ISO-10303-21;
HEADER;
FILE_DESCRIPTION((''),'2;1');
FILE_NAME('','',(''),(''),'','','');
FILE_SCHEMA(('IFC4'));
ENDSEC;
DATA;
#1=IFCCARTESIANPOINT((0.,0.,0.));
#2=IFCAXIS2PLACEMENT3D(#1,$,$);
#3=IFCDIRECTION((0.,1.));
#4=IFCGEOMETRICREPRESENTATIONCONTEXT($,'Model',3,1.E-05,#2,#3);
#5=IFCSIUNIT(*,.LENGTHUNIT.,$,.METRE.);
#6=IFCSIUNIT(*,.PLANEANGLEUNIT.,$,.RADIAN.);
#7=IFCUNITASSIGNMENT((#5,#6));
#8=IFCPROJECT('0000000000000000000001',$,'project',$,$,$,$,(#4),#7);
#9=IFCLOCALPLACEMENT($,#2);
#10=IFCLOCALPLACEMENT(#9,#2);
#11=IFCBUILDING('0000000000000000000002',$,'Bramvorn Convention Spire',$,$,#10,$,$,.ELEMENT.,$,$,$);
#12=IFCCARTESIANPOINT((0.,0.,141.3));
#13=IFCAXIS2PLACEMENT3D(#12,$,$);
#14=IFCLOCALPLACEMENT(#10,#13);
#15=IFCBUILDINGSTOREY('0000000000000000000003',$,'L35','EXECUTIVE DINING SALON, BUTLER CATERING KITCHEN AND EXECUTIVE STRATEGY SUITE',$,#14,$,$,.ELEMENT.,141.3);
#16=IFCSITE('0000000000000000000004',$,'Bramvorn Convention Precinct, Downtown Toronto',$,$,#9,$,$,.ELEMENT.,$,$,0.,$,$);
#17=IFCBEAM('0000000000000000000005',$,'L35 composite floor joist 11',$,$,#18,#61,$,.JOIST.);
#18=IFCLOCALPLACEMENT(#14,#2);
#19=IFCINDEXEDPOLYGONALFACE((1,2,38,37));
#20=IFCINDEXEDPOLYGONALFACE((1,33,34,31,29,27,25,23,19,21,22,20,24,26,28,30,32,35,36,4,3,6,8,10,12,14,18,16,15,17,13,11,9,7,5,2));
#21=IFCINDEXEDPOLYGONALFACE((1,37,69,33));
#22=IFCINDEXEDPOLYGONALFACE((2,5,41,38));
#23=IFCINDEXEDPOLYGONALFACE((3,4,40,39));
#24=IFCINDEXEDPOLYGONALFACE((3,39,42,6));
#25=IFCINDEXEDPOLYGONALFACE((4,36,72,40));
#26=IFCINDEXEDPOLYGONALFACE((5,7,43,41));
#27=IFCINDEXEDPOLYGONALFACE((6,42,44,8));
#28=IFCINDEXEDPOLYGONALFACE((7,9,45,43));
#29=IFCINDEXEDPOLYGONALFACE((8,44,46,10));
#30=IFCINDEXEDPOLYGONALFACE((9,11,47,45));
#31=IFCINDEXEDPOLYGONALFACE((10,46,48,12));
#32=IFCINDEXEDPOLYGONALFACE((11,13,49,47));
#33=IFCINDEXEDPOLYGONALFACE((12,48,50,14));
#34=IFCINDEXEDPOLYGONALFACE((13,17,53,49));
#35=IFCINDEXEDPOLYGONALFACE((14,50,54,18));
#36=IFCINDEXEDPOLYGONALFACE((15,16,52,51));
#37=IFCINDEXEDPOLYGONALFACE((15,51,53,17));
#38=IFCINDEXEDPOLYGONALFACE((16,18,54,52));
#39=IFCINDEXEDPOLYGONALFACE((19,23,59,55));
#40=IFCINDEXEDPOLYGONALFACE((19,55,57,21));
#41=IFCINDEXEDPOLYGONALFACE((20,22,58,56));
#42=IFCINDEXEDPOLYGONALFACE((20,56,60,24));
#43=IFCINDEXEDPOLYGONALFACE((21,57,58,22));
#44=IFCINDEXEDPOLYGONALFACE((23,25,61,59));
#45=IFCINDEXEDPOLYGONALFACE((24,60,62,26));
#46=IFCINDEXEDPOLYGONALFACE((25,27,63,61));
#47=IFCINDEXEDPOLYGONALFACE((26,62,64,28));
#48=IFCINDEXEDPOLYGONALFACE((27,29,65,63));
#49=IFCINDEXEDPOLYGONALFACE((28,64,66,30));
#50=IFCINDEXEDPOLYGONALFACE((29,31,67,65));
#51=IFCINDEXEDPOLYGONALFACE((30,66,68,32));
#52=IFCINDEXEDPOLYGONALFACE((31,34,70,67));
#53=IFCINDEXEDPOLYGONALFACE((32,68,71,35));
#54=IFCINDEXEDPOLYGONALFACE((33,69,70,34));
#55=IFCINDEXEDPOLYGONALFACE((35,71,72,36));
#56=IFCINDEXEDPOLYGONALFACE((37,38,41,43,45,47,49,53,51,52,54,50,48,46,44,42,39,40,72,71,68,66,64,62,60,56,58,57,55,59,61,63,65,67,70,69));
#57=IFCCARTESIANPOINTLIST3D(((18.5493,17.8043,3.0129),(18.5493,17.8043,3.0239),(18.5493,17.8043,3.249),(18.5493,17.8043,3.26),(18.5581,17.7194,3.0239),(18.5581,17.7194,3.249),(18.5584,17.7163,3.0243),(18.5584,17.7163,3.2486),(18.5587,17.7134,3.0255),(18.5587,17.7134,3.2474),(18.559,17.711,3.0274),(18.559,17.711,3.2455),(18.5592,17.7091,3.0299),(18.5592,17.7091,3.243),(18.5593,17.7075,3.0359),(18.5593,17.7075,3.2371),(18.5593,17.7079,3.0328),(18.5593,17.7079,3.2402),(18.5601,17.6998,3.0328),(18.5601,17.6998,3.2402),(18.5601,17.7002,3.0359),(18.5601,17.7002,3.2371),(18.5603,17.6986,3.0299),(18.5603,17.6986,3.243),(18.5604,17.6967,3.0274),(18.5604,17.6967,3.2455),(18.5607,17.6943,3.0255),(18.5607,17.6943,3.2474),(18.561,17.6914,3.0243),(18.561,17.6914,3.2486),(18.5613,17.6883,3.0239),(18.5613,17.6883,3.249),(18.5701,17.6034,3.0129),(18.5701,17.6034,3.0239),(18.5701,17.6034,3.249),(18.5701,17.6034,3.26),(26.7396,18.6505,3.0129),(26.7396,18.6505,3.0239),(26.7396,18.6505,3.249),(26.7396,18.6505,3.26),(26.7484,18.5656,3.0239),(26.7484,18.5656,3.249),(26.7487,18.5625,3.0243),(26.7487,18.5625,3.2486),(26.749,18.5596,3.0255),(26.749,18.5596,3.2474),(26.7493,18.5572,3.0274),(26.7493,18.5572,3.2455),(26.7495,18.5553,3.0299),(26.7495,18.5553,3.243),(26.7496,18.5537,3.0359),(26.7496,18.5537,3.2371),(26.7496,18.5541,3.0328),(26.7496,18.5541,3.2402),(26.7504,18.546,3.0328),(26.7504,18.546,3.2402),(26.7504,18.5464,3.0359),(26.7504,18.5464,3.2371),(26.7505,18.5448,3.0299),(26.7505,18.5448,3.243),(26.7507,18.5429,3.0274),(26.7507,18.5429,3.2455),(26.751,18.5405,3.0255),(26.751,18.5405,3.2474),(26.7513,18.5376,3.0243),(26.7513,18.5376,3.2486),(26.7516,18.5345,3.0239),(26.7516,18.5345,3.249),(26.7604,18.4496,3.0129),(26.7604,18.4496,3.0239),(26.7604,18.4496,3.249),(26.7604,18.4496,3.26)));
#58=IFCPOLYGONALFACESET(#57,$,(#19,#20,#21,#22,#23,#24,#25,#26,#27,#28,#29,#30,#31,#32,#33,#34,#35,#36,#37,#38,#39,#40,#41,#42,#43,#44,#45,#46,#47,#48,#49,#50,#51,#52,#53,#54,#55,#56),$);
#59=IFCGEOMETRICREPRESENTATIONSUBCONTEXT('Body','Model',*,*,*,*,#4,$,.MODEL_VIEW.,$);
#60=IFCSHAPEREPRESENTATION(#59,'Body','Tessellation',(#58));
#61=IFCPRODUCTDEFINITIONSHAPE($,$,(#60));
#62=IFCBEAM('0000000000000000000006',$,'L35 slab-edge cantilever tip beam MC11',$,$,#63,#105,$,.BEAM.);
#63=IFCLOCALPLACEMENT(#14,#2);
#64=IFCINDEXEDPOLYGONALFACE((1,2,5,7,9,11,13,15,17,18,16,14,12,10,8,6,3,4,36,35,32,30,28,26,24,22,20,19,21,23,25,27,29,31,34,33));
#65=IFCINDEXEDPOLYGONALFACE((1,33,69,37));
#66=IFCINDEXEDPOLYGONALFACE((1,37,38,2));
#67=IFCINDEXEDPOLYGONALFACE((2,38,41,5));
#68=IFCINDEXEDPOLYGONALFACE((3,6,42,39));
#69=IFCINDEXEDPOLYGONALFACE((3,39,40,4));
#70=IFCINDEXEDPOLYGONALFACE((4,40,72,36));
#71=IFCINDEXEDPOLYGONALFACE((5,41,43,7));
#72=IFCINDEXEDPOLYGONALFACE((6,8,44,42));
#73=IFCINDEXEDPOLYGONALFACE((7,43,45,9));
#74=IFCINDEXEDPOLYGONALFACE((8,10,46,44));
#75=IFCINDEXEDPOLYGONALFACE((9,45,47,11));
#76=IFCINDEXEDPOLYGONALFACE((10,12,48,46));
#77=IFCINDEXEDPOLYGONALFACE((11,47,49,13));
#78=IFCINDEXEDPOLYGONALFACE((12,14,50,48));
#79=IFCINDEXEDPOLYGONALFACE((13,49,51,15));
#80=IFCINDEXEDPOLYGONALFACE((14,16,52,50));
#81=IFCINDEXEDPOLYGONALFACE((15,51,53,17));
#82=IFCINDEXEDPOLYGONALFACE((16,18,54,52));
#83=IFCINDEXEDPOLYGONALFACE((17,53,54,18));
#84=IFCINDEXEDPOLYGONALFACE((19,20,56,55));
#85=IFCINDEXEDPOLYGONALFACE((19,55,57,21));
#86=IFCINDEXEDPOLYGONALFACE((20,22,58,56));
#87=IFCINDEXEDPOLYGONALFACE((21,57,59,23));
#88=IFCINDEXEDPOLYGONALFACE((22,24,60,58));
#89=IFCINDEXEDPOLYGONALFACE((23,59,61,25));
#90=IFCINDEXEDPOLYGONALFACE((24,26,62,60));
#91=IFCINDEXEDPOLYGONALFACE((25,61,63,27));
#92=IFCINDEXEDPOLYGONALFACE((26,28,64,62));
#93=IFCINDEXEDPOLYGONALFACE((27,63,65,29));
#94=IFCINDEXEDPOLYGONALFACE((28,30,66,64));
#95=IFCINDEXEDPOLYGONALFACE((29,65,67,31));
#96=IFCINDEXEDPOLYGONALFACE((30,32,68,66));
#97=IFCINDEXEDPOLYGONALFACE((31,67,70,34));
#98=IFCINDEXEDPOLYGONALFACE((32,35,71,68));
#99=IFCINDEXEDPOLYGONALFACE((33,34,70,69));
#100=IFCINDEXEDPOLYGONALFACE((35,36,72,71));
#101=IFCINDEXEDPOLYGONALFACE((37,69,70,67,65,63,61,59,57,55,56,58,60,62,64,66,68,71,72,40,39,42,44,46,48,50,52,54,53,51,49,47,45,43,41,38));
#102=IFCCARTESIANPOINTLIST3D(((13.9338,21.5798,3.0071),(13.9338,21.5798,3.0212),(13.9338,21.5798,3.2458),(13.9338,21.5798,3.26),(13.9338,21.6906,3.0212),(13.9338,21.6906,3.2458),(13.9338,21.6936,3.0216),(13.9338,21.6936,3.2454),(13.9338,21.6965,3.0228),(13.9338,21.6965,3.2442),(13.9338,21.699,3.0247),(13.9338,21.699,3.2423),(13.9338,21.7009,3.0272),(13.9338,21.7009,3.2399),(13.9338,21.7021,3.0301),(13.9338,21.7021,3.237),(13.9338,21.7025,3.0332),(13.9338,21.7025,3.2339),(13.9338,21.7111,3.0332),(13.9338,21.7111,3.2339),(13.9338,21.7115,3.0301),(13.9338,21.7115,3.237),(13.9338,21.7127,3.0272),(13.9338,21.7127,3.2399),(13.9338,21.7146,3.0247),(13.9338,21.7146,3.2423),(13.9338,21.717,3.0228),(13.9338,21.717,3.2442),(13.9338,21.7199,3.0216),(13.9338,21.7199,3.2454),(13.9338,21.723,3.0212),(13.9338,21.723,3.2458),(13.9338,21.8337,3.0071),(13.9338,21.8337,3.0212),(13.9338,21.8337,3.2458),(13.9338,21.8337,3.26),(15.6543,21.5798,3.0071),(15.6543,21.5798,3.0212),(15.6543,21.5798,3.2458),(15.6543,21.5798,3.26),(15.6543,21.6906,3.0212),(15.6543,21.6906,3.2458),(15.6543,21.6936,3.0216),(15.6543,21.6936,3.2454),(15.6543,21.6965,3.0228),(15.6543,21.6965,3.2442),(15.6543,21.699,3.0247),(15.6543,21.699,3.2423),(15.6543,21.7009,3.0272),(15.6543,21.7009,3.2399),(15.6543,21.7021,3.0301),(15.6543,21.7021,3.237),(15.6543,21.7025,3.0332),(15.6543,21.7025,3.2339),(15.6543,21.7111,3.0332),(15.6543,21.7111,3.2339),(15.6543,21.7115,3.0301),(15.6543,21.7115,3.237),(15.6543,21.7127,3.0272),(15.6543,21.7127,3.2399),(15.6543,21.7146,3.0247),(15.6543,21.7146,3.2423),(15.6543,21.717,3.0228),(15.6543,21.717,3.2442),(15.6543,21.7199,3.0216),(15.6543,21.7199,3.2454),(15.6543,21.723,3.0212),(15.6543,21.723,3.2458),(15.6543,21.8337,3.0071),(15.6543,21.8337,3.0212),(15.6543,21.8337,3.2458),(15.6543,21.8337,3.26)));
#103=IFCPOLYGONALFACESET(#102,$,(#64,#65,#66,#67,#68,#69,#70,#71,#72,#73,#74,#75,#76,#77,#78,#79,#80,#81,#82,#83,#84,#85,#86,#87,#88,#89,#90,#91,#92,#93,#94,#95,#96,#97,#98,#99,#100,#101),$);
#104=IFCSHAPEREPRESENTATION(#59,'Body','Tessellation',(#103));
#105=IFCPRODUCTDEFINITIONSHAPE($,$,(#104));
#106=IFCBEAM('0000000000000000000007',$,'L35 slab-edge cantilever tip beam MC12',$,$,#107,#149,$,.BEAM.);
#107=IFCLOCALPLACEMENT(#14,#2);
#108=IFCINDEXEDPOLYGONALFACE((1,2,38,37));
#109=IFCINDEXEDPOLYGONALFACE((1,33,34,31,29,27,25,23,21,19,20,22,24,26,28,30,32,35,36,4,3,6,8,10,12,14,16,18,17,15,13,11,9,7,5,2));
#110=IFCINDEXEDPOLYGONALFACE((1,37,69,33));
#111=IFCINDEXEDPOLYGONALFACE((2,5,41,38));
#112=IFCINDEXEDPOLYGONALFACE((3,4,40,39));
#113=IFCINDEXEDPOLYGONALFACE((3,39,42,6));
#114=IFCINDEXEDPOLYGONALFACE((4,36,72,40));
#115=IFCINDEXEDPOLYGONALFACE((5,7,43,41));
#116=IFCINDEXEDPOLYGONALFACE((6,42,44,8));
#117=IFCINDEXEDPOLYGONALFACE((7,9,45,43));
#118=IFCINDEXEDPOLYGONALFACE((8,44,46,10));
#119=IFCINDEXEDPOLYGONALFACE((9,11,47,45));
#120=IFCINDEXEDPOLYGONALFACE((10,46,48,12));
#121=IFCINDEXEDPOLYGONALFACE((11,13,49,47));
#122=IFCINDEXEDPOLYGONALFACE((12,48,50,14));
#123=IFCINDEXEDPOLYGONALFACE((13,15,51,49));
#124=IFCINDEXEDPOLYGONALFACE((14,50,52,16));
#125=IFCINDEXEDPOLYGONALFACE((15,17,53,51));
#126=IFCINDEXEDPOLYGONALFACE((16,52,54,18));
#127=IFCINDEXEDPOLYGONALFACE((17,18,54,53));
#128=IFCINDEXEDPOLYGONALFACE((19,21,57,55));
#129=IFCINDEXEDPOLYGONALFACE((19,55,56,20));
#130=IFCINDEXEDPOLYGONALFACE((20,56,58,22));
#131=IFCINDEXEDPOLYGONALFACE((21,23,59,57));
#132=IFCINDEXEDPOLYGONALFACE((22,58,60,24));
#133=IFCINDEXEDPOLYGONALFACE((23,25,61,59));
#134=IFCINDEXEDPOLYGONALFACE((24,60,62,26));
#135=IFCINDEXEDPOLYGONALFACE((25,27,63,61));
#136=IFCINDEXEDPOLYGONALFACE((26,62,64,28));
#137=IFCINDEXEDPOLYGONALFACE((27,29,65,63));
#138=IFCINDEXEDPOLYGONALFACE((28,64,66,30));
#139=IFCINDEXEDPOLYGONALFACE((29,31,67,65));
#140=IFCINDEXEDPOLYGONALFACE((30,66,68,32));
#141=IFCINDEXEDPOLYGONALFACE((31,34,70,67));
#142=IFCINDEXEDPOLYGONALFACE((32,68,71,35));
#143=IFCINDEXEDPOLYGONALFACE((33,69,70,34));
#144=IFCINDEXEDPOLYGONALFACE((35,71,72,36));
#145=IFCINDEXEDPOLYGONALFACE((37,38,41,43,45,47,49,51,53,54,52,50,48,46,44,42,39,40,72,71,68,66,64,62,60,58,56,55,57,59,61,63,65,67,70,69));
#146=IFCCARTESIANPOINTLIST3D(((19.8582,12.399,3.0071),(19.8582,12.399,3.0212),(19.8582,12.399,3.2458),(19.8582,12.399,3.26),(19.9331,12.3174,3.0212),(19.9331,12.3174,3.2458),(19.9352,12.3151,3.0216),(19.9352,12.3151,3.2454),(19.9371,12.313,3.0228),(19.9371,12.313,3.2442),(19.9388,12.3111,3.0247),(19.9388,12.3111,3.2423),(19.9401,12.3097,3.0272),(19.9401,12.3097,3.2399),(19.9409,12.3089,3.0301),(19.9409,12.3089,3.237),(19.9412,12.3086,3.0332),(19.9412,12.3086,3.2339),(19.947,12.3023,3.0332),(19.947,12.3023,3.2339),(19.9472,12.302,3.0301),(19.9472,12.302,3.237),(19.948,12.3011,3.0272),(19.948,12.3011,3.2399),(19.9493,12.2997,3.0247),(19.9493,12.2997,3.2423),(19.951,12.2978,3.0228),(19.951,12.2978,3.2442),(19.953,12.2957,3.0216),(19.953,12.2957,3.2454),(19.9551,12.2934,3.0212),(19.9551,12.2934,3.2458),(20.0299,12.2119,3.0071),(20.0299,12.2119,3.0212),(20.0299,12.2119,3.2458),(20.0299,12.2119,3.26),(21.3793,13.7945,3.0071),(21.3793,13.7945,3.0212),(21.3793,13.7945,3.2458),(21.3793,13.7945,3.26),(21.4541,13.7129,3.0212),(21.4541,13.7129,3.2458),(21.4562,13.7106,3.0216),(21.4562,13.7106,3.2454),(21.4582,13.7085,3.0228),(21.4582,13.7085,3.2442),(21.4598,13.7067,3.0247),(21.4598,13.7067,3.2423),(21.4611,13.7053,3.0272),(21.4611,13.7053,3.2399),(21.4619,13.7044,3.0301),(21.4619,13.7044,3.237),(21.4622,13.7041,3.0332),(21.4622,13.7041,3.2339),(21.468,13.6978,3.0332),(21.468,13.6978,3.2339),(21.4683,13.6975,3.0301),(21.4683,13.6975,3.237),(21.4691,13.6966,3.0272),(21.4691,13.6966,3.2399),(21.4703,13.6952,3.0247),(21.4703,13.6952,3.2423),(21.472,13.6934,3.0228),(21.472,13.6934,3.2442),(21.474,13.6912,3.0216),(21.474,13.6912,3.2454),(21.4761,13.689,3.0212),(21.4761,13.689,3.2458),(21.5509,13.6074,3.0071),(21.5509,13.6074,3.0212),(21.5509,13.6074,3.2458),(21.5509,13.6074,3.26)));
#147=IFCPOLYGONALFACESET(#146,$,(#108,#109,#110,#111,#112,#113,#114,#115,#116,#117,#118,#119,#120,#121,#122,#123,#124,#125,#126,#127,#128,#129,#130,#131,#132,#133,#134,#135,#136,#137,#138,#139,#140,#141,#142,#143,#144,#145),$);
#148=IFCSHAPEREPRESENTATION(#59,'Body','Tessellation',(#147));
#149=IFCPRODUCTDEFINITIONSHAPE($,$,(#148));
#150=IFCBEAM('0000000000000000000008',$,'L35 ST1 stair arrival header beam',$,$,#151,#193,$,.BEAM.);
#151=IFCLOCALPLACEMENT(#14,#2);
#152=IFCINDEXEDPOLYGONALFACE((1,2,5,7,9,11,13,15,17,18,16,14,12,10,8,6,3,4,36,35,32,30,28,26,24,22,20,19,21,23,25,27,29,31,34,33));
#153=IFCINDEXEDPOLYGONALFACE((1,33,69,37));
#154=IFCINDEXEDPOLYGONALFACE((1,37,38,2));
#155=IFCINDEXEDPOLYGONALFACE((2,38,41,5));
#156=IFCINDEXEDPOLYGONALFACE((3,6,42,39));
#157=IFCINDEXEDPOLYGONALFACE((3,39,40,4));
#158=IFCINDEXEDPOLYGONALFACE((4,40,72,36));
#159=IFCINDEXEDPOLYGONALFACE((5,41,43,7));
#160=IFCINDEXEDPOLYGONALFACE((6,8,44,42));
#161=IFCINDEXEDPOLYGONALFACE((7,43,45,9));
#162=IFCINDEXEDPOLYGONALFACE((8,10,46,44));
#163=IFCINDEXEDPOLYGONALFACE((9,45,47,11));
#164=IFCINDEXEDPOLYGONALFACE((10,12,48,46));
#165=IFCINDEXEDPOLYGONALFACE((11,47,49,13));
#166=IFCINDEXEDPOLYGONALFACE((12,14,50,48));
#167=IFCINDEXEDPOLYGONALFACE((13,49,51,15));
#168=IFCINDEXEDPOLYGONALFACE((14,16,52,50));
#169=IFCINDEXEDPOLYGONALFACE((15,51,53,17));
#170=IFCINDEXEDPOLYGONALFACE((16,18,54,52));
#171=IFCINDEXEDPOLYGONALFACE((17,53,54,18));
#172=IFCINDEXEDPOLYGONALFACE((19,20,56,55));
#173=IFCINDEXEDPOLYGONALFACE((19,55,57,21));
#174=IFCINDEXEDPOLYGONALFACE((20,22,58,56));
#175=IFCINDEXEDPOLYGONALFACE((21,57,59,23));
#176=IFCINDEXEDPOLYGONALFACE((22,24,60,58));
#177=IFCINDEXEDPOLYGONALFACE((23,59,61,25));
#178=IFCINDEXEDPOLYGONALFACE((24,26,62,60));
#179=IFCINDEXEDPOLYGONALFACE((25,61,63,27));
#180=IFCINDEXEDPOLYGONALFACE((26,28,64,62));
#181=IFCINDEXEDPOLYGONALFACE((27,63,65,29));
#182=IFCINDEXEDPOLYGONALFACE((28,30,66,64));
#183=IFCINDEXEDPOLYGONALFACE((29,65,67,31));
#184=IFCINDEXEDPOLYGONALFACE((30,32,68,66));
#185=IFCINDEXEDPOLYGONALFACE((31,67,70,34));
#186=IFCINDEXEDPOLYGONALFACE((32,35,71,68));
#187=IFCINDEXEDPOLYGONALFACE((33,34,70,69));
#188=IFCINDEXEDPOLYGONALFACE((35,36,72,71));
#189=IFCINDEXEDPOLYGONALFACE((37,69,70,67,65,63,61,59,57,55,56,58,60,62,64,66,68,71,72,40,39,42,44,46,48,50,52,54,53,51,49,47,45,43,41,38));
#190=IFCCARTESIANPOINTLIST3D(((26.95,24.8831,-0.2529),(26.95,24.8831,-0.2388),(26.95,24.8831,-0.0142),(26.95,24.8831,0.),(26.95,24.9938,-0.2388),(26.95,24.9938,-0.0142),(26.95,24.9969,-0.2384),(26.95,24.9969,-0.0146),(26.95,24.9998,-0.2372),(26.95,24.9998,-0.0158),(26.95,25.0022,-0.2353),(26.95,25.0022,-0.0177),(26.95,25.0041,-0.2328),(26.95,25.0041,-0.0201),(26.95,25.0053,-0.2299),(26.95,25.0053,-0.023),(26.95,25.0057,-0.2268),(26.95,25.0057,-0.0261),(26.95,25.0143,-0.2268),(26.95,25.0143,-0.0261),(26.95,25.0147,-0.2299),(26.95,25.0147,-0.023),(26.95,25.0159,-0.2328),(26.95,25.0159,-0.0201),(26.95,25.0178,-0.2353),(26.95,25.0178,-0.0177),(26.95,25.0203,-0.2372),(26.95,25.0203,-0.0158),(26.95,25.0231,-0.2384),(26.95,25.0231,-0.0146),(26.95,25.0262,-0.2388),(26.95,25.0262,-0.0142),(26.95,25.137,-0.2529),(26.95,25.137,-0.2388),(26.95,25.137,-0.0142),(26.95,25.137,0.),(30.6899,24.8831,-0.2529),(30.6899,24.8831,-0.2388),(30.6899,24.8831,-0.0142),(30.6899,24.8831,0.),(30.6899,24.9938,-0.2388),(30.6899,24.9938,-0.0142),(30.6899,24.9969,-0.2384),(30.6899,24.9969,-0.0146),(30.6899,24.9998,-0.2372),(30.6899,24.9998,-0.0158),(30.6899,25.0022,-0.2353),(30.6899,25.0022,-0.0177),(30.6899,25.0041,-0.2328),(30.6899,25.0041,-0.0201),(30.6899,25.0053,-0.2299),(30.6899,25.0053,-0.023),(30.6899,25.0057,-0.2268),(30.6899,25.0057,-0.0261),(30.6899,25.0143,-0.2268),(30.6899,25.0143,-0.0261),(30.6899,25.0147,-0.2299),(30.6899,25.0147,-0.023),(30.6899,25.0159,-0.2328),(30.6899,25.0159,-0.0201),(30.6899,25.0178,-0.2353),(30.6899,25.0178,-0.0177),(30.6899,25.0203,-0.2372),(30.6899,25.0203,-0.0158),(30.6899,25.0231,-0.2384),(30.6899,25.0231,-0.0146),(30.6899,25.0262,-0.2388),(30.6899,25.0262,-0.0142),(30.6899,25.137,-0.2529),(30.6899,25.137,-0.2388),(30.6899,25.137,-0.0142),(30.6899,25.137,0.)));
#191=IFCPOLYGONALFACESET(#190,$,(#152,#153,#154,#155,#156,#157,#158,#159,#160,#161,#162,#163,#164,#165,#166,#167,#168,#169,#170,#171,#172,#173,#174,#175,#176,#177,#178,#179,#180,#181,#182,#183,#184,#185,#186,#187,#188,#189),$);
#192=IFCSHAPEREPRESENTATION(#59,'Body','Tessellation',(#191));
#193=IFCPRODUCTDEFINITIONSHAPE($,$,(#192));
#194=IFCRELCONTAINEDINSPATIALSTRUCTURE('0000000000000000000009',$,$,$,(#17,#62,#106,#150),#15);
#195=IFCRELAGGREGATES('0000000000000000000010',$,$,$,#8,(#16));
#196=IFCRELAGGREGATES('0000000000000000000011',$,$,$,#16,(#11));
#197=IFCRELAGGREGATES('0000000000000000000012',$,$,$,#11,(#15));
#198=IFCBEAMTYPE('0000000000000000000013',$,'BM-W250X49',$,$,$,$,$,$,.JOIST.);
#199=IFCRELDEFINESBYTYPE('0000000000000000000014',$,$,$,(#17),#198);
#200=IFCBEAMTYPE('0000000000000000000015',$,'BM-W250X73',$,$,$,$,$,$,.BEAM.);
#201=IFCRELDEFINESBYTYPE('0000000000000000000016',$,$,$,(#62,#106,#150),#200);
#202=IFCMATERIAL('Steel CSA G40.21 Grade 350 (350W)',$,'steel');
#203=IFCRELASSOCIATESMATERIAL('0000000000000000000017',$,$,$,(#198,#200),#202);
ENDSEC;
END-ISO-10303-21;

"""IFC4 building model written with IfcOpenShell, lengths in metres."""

from ifc_helpers import new_model, si_unit, direction, frame, origin, origin_2d, place, context, subcontext, project, spatial, i_section, extrude, material, material_profile, profile_set, type_object, element, save


model = new_model("IFC4")

# Units and contexts
model_context = context("Model", 3, precision=1e-05, world=origin(), true_north=direction((0.0, 1.0)))
body_context = subcontext(model_context, "Body", "Model", "MODEL_VIEW")
ifc_project = project(units=[si_unit("LENGTHUNIT", "METRE"), si_unit("PLANEANGLEUNIT", "RADIAN")], contexts=[model_context])

# Site, building, storey
site_placement = place(None, origin())
site = spatial("IfcSite", under=ifc_project, at=site_placement, Name="Bramvorn Convention Precinct, Downtown Toronto", CompositionType="ELEMENT", RefElevation=0.0)
building_placement = place(site_placement, origin())
building = spatial("IfcBuilding", under=site, at=building_placement, Name="Bramvorn Convention Spire", CompositionType="ELEMENT")
storey_placement = place(building_placement, frame((0.0, 0.0, 141.3)))
storey = spatial("IfcBuildingStorey", under=building, at=storey_placement, Name="L35", Description="EXECUTIVE DINING SALON, BUTLER CATERING KITCHEN AND EXECUTIVE STRATEGY SUITE", CompositionType="ELEMENT", Elevation=141.3)

# Shared definitions
ifc_material_1 = material(Name="Steel CSA G40.21 Grade 350 (350W)", Category="steel")

# Beams
ifc_material_profile_1 = material_profile(ifc_material_1, i_section(OverallWidth=0.2019, OverallDepth=0.2471, WebThickness=0.0073, FlangeThickness=0.011, FilletRadius=0.012, at=origin_2d()))
ifc_profile_set_1 = profile_set([ifc_material_profile_1], Name="Steel CSA G40.21 Grade 350 (350W) - W250X49")
beam_type_1 = type_object("IfcBeamType", Name="BM-W250X49", PredefinedType="JOIST", material=ifc_profile_set_1)
beam_1_placement = place(storey_placement, frame((26.75, 18.55, 3.1365), z_axis=(-0.994705, -0.102771, 0.0), x_axis=(0.102771, -0.994705, 0.0)))
element("IfcBeam", 1, at=beam_1_placement, inside=storey, type_object=beam_type_1, Name="L35 composite floor joist 11", PredefinedType="JOIST", context=body_context, shape_type="SweptSolid", body=[
    extrude(i_section(OverallWidth=0.2019, OverallDepth=0.2471, WebThickness=0.0073, FlangeThickness=0.011, FilletRadius=0.012, at=origin_2d()), origin(), (0.0, 0.0, 1.0), 8.2339),
])
ifc_material_profile_2 = material_profile(ifc_material_1, i_section(OverallWidth=0.2539, OverallDepth=0.2529, WebThickness=0.0085, FlangeThickness=0.0142, FilletRadius=0.012, at=origin_2d()))
ifc_profile_set_2 = profile_set([ifc_material_profile_2], Name="Steel CSA G40.21 Grade 350 (350W) - W250X73")
beam_type_2 = type_object("IfcBeamType", Name="BM-W250X73", PredefinedType="BEAM", material=ifc_profile_set_2)
beam_2_placement = place(storey_placement, frame((15.6543, 21.7068, 3.1335), z_axis=(-1.0, 0.0, 0.0), x_axis=(0.0, -1.0, 0.0)))
element("IfcBeam", 2, at=beam_2_placement, inside=storey, type_object=beam_type_2, Name="L35 slab-edge cantilever tip beam MC11", PredefinedType="BEAM", context=body_context, shape_type="SweptSolid", body=[
    extrude(i_section(OverallWidth=0.2539, OverallDepth=0.2529, WebThickness=0.0085, FlangeThickness=0.0142, FilletRadius=0.012, at=origin_2d()), origin(), (0.0, 0.0, 1.0), 1.7205),
])
beam_3_placement = place(storey_placement, frame((21.4651, 13.7009, 3.1335), z_axis=(-0.73685, -0.676057, 0.0), x_axis=(0.676057, -0.73685, 0.0)))
element("IfcBeam", 3, at=beam_3_placement, inside=storey, type_object=beam_type_2, Name="L35 slab-edge cantilever tip beam MC12", PredefinedType="BEAM", context=body_context, shape_type="SweptSolid", body=[
    extrude(i_section(OverallWidth=0.2539, OverallDepth=0.2529, WebThickness=0.0085, FlangeThickness=0.0142, FilletRadius=0.012, at=origin_2d()), origin(), (0.0, 0.0, 1.0), 2.0642),
])
beam_4_placement = place(storey_placement, frame((26.95, 25.01, -0.1265), z_axis=(1.0, 0.0, 0.0), x_axis=(0.0, 1.0, 0.0)))
element("IfcBeam", 4, at=beam_4_placement, inside=storey, type_object=beam_type_2, Name="L35 ST1 stair arrival header beam", PredefinedType="BEAM", context=body_context, shape_type="SweptSolid", body=[
    extrude(i_section(OverallWidth=0.2539, OverallDepth=0.2529, WebThickness=0.0085, FlangeThickness=0.0142, FilletRadius=0.012, at=origin_2d()), origin(), (0.0, 0.0, 1.0), 3.74),
])

save(model, "model.ifc")
